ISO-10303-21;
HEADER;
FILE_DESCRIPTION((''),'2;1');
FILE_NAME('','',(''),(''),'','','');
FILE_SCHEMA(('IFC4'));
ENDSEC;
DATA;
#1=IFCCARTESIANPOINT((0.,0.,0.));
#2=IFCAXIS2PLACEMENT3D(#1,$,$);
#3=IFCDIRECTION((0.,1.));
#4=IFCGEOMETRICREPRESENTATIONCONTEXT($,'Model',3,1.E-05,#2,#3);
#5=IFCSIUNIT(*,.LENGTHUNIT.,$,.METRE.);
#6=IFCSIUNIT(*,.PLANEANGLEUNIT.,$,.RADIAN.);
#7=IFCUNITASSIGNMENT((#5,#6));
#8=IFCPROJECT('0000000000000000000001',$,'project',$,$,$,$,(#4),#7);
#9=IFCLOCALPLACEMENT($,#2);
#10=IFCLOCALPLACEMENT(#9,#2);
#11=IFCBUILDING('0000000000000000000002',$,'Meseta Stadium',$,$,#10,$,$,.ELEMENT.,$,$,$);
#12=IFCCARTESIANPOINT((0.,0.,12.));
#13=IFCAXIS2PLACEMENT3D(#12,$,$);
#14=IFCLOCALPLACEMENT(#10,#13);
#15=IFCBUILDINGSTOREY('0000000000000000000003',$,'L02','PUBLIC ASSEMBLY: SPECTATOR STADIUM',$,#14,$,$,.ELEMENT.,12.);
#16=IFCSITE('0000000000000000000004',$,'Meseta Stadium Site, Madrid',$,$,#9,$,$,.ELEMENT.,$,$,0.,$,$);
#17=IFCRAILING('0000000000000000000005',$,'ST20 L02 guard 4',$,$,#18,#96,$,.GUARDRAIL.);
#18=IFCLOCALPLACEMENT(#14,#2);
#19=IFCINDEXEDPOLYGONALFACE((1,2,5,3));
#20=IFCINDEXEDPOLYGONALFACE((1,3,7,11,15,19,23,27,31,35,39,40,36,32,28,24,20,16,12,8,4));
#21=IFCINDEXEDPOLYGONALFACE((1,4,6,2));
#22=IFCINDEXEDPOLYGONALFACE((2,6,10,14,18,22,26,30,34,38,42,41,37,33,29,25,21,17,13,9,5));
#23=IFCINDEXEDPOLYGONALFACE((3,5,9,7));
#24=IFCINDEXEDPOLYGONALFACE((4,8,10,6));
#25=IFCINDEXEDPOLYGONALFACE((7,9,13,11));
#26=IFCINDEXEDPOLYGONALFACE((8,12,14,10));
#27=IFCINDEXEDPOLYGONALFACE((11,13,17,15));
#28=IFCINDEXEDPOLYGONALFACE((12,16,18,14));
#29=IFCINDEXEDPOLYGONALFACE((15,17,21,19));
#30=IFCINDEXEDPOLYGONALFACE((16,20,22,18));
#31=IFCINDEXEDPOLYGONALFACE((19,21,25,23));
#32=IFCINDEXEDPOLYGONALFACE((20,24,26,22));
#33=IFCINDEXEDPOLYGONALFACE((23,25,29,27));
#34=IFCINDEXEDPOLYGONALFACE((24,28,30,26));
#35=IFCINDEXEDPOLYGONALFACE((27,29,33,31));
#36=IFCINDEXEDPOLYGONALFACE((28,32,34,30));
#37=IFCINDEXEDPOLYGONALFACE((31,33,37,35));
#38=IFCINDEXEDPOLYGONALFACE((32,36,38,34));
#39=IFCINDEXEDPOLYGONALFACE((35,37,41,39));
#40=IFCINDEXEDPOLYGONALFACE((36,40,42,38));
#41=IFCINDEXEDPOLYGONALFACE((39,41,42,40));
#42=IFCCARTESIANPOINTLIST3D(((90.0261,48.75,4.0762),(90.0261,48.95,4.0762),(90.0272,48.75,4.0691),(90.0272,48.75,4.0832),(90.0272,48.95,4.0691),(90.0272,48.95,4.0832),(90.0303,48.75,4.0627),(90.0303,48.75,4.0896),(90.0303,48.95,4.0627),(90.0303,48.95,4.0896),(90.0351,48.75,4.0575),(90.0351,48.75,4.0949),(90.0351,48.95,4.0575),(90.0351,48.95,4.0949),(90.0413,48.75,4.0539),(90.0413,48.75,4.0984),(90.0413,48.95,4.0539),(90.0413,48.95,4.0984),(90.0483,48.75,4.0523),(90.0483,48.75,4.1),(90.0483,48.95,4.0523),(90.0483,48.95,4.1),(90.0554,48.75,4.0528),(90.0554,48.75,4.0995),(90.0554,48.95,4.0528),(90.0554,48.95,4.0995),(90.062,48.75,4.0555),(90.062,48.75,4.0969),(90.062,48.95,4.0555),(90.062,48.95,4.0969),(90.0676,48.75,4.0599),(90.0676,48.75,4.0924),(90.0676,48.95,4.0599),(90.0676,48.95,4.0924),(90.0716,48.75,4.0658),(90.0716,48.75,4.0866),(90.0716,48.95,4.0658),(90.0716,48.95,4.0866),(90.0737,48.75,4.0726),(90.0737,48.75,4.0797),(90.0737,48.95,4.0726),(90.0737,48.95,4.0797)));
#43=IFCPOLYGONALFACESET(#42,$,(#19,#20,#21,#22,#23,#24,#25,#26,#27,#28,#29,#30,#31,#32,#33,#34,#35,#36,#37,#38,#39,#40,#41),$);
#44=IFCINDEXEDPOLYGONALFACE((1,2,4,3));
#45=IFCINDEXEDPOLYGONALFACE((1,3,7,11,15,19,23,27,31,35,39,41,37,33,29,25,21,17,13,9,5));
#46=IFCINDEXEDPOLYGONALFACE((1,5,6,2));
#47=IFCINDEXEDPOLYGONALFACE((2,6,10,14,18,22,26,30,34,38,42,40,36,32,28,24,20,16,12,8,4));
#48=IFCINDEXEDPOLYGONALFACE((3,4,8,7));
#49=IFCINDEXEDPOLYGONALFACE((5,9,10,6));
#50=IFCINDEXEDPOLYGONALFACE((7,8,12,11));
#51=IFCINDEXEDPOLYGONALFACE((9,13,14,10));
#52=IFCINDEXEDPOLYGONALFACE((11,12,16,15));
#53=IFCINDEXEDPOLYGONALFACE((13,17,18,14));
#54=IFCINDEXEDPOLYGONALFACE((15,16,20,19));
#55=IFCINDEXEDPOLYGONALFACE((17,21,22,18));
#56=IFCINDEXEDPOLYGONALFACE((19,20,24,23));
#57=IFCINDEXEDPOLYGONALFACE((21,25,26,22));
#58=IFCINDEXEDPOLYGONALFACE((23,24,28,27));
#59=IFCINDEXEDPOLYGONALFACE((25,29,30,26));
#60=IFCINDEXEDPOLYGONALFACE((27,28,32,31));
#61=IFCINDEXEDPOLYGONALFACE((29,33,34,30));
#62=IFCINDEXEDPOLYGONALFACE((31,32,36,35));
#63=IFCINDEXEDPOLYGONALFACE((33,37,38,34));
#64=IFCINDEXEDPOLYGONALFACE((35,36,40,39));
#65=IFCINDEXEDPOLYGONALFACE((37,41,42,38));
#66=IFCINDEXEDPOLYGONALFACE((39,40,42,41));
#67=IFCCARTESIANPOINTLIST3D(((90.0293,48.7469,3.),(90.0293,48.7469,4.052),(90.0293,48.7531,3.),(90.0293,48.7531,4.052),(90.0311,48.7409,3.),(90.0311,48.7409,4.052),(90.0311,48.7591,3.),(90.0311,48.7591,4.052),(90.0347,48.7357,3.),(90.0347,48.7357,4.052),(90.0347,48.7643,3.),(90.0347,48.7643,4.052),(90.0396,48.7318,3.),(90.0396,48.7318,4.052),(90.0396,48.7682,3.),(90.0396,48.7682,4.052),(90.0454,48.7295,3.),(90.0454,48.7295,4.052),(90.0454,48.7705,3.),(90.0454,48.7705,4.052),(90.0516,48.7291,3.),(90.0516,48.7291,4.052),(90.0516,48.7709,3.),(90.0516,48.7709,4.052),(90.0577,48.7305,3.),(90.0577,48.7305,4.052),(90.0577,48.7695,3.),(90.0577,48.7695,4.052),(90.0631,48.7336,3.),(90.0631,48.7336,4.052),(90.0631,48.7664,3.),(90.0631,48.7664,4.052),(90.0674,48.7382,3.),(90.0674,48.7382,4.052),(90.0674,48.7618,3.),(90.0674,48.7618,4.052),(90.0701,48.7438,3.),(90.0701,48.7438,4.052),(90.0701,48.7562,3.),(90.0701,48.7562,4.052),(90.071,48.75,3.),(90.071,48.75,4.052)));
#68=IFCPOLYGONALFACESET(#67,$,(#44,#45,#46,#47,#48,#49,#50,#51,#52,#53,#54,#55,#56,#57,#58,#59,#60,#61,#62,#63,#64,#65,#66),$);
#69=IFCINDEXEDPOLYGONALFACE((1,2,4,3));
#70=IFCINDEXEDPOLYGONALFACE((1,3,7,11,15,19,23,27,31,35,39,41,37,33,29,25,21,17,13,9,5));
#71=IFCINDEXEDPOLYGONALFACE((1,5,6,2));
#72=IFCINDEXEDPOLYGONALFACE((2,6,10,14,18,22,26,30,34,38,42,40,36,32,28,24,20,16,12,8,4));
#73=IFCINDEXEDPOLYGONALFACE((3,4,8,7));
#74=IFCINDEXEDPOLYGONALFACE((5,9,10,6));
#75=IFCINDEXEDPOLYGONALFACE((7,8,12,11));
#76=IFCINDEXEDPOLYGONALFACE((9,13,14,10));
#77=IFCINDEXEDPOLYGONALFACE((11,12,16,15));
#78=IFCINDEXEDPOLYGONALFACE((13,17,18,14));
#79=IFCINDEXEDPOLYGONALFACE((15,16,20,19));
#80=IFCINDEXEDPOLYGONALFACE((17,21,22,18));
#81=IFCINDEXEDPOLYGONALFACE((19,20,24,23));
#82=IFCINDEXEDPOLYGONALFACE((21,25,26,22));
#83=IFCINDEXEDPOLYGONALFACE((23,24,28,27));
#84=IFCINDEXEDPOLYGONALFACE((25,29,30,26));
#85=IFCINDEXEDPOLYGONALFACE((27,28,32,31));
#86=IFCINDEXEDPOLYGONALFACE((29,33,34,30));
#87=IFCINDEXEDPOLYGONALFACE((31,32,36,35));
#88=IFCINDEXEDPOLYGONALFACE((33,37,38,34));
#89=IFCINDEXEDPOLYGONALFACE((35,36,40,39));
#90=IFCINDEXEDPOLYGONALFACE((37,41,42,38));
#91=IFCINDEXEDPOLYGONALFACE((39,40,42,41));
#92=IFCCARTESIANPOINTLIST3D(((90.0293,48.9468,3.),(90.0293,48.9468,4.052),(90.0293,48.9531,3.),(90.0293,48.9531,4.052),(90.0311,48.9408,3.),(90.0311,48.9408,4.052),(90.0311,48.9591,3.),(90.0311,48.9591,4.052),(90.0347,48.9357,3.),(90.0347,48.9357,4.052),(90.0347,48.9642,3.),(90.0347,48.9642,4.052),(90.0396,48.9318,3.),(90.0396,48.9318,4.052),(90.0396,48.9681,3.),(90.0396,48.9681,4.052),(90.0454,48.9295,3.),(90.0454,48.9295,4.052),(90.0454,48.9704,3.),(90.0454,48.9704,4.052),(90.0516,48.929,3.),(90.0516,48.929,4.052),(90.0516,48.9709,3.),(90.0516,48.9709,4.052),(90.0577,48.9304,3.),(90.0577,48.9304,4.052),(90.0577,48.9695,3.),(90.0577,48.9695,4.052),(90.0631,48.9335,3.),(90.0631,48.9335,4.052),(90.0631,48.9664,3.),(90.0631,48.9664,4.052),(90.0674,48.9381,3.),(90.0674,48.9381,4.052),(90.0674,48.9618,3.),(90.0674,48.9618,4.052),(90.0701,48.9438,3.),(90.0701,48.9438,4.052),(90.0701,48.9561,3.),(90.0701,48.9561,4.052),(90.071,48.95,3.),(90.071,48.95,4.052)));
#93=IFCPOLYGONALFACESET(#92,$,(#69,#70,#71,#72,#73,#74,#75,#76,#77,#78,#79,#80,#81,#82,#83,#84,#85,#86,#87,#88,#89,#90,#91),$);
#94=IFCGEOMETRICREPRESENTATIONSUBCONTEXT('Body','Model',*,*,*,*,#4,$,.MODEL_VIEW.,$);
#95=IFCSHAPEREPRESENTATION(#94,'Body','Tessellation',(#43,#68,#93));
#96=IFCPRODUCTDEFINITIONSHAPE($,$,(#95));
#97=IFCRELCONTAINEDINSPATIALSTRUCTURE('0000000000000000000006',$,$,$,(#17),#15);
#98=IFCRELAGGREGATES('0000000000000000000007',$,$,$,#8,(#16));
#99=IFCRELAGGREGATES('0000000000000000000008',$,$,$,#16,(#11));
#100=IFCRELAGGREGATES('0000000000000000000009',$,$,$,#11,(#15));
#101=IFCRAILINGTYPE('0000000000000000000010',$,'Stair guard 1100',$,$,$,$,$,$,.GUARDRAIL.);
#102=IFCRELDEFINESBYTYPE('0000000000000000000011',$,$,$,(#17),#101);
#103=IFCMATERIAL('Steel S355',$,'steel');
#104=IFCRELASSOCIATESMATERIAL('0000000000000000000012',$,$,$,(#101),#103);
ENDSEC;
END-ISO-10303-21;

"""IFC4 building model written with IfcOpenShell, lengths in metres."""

from ifc_helpers import new_model, si_unit, direction, frame, origin, origin_2d, place, context, subcontext, project, spatial, circle, extrude, material, type_object, element, save


model = new_model("IFC4")

# Units and contexts
model_context = context("Model", 3, precision=1e-05, world=origin(), true_north=direction((0.0, 1.0)))
body_context = subcontext(model_context, "Body", "Model", "MODEL_VIEW")
ifc_project = project(units=[si_unit("LENGTHUNIT", "METRE"), si_unit("PLANEANGLEUNIT", "RADIAN")], contexts=[model_context])

# Site, building, storey
site_placement = place(None, origin())
site = spatial("IfcSite", under=ifc_project, at=site_placement, Name="Meseta Stadium Site, Madrid", CompositionType="ELEMENT", RefElevation=0.0)
building_placement = place(site_placement, origin())
building = spatial("IfcBuilding", under=site, at=building_placement, Name="Meseta Stadium", CompositionType="ELEMENT")
storey_placement = place(building_placement, frame((0.0, 0.0, 12.0)))
storey = spatial("IfcBuildingStorey", under=building, at=storey_placement, Name="L02", Description="PUBLIC ASSEMBLY: SPECTATOR STADIUM", CompositionType="ELEMENT", Elevation=12.0)

# Railing
ifc_material_1 = material(Name="Steel S355", Category="steel")
railing_type_1 = type_object("IfcRailingType", Name="Stair guard 1100", PredefinedType="GUARDRAIL", material=ifc_material_1)
railing_1_placement = place(storey_placement, frame((90.05, 48.75, 3.0)))
element("IfcRailing", 1, at=railing_1_placement, inside=storey, type_object=railing_type_1, Name="ST20 L02 guard 4", PredefinedType="GUARDRAIL", context=body_context, shape_type="SweptSolid", body=[
    extrude(circle(Radius=0.0239, at=origin_2d()), frame((0.0, 0.0, 1.0762), z_axis=(0.0, 1.0, 0.0), x_axis=(-1.0, 0.0, 0.0)), (0.0, 0.0, 1.0), 0.2),
    extrude(circle(Radius=0.021, at=origin_2d()), origin(), (0.0, 0.0, 1.0), 1.052),
    extrude(circle(Radius=0.021, at=origin_2d()), frame((0.0, 0.2, 0.0)), (0.0, 0.0, 1.0), 1.052),
])

save(model, "model.ifc")
